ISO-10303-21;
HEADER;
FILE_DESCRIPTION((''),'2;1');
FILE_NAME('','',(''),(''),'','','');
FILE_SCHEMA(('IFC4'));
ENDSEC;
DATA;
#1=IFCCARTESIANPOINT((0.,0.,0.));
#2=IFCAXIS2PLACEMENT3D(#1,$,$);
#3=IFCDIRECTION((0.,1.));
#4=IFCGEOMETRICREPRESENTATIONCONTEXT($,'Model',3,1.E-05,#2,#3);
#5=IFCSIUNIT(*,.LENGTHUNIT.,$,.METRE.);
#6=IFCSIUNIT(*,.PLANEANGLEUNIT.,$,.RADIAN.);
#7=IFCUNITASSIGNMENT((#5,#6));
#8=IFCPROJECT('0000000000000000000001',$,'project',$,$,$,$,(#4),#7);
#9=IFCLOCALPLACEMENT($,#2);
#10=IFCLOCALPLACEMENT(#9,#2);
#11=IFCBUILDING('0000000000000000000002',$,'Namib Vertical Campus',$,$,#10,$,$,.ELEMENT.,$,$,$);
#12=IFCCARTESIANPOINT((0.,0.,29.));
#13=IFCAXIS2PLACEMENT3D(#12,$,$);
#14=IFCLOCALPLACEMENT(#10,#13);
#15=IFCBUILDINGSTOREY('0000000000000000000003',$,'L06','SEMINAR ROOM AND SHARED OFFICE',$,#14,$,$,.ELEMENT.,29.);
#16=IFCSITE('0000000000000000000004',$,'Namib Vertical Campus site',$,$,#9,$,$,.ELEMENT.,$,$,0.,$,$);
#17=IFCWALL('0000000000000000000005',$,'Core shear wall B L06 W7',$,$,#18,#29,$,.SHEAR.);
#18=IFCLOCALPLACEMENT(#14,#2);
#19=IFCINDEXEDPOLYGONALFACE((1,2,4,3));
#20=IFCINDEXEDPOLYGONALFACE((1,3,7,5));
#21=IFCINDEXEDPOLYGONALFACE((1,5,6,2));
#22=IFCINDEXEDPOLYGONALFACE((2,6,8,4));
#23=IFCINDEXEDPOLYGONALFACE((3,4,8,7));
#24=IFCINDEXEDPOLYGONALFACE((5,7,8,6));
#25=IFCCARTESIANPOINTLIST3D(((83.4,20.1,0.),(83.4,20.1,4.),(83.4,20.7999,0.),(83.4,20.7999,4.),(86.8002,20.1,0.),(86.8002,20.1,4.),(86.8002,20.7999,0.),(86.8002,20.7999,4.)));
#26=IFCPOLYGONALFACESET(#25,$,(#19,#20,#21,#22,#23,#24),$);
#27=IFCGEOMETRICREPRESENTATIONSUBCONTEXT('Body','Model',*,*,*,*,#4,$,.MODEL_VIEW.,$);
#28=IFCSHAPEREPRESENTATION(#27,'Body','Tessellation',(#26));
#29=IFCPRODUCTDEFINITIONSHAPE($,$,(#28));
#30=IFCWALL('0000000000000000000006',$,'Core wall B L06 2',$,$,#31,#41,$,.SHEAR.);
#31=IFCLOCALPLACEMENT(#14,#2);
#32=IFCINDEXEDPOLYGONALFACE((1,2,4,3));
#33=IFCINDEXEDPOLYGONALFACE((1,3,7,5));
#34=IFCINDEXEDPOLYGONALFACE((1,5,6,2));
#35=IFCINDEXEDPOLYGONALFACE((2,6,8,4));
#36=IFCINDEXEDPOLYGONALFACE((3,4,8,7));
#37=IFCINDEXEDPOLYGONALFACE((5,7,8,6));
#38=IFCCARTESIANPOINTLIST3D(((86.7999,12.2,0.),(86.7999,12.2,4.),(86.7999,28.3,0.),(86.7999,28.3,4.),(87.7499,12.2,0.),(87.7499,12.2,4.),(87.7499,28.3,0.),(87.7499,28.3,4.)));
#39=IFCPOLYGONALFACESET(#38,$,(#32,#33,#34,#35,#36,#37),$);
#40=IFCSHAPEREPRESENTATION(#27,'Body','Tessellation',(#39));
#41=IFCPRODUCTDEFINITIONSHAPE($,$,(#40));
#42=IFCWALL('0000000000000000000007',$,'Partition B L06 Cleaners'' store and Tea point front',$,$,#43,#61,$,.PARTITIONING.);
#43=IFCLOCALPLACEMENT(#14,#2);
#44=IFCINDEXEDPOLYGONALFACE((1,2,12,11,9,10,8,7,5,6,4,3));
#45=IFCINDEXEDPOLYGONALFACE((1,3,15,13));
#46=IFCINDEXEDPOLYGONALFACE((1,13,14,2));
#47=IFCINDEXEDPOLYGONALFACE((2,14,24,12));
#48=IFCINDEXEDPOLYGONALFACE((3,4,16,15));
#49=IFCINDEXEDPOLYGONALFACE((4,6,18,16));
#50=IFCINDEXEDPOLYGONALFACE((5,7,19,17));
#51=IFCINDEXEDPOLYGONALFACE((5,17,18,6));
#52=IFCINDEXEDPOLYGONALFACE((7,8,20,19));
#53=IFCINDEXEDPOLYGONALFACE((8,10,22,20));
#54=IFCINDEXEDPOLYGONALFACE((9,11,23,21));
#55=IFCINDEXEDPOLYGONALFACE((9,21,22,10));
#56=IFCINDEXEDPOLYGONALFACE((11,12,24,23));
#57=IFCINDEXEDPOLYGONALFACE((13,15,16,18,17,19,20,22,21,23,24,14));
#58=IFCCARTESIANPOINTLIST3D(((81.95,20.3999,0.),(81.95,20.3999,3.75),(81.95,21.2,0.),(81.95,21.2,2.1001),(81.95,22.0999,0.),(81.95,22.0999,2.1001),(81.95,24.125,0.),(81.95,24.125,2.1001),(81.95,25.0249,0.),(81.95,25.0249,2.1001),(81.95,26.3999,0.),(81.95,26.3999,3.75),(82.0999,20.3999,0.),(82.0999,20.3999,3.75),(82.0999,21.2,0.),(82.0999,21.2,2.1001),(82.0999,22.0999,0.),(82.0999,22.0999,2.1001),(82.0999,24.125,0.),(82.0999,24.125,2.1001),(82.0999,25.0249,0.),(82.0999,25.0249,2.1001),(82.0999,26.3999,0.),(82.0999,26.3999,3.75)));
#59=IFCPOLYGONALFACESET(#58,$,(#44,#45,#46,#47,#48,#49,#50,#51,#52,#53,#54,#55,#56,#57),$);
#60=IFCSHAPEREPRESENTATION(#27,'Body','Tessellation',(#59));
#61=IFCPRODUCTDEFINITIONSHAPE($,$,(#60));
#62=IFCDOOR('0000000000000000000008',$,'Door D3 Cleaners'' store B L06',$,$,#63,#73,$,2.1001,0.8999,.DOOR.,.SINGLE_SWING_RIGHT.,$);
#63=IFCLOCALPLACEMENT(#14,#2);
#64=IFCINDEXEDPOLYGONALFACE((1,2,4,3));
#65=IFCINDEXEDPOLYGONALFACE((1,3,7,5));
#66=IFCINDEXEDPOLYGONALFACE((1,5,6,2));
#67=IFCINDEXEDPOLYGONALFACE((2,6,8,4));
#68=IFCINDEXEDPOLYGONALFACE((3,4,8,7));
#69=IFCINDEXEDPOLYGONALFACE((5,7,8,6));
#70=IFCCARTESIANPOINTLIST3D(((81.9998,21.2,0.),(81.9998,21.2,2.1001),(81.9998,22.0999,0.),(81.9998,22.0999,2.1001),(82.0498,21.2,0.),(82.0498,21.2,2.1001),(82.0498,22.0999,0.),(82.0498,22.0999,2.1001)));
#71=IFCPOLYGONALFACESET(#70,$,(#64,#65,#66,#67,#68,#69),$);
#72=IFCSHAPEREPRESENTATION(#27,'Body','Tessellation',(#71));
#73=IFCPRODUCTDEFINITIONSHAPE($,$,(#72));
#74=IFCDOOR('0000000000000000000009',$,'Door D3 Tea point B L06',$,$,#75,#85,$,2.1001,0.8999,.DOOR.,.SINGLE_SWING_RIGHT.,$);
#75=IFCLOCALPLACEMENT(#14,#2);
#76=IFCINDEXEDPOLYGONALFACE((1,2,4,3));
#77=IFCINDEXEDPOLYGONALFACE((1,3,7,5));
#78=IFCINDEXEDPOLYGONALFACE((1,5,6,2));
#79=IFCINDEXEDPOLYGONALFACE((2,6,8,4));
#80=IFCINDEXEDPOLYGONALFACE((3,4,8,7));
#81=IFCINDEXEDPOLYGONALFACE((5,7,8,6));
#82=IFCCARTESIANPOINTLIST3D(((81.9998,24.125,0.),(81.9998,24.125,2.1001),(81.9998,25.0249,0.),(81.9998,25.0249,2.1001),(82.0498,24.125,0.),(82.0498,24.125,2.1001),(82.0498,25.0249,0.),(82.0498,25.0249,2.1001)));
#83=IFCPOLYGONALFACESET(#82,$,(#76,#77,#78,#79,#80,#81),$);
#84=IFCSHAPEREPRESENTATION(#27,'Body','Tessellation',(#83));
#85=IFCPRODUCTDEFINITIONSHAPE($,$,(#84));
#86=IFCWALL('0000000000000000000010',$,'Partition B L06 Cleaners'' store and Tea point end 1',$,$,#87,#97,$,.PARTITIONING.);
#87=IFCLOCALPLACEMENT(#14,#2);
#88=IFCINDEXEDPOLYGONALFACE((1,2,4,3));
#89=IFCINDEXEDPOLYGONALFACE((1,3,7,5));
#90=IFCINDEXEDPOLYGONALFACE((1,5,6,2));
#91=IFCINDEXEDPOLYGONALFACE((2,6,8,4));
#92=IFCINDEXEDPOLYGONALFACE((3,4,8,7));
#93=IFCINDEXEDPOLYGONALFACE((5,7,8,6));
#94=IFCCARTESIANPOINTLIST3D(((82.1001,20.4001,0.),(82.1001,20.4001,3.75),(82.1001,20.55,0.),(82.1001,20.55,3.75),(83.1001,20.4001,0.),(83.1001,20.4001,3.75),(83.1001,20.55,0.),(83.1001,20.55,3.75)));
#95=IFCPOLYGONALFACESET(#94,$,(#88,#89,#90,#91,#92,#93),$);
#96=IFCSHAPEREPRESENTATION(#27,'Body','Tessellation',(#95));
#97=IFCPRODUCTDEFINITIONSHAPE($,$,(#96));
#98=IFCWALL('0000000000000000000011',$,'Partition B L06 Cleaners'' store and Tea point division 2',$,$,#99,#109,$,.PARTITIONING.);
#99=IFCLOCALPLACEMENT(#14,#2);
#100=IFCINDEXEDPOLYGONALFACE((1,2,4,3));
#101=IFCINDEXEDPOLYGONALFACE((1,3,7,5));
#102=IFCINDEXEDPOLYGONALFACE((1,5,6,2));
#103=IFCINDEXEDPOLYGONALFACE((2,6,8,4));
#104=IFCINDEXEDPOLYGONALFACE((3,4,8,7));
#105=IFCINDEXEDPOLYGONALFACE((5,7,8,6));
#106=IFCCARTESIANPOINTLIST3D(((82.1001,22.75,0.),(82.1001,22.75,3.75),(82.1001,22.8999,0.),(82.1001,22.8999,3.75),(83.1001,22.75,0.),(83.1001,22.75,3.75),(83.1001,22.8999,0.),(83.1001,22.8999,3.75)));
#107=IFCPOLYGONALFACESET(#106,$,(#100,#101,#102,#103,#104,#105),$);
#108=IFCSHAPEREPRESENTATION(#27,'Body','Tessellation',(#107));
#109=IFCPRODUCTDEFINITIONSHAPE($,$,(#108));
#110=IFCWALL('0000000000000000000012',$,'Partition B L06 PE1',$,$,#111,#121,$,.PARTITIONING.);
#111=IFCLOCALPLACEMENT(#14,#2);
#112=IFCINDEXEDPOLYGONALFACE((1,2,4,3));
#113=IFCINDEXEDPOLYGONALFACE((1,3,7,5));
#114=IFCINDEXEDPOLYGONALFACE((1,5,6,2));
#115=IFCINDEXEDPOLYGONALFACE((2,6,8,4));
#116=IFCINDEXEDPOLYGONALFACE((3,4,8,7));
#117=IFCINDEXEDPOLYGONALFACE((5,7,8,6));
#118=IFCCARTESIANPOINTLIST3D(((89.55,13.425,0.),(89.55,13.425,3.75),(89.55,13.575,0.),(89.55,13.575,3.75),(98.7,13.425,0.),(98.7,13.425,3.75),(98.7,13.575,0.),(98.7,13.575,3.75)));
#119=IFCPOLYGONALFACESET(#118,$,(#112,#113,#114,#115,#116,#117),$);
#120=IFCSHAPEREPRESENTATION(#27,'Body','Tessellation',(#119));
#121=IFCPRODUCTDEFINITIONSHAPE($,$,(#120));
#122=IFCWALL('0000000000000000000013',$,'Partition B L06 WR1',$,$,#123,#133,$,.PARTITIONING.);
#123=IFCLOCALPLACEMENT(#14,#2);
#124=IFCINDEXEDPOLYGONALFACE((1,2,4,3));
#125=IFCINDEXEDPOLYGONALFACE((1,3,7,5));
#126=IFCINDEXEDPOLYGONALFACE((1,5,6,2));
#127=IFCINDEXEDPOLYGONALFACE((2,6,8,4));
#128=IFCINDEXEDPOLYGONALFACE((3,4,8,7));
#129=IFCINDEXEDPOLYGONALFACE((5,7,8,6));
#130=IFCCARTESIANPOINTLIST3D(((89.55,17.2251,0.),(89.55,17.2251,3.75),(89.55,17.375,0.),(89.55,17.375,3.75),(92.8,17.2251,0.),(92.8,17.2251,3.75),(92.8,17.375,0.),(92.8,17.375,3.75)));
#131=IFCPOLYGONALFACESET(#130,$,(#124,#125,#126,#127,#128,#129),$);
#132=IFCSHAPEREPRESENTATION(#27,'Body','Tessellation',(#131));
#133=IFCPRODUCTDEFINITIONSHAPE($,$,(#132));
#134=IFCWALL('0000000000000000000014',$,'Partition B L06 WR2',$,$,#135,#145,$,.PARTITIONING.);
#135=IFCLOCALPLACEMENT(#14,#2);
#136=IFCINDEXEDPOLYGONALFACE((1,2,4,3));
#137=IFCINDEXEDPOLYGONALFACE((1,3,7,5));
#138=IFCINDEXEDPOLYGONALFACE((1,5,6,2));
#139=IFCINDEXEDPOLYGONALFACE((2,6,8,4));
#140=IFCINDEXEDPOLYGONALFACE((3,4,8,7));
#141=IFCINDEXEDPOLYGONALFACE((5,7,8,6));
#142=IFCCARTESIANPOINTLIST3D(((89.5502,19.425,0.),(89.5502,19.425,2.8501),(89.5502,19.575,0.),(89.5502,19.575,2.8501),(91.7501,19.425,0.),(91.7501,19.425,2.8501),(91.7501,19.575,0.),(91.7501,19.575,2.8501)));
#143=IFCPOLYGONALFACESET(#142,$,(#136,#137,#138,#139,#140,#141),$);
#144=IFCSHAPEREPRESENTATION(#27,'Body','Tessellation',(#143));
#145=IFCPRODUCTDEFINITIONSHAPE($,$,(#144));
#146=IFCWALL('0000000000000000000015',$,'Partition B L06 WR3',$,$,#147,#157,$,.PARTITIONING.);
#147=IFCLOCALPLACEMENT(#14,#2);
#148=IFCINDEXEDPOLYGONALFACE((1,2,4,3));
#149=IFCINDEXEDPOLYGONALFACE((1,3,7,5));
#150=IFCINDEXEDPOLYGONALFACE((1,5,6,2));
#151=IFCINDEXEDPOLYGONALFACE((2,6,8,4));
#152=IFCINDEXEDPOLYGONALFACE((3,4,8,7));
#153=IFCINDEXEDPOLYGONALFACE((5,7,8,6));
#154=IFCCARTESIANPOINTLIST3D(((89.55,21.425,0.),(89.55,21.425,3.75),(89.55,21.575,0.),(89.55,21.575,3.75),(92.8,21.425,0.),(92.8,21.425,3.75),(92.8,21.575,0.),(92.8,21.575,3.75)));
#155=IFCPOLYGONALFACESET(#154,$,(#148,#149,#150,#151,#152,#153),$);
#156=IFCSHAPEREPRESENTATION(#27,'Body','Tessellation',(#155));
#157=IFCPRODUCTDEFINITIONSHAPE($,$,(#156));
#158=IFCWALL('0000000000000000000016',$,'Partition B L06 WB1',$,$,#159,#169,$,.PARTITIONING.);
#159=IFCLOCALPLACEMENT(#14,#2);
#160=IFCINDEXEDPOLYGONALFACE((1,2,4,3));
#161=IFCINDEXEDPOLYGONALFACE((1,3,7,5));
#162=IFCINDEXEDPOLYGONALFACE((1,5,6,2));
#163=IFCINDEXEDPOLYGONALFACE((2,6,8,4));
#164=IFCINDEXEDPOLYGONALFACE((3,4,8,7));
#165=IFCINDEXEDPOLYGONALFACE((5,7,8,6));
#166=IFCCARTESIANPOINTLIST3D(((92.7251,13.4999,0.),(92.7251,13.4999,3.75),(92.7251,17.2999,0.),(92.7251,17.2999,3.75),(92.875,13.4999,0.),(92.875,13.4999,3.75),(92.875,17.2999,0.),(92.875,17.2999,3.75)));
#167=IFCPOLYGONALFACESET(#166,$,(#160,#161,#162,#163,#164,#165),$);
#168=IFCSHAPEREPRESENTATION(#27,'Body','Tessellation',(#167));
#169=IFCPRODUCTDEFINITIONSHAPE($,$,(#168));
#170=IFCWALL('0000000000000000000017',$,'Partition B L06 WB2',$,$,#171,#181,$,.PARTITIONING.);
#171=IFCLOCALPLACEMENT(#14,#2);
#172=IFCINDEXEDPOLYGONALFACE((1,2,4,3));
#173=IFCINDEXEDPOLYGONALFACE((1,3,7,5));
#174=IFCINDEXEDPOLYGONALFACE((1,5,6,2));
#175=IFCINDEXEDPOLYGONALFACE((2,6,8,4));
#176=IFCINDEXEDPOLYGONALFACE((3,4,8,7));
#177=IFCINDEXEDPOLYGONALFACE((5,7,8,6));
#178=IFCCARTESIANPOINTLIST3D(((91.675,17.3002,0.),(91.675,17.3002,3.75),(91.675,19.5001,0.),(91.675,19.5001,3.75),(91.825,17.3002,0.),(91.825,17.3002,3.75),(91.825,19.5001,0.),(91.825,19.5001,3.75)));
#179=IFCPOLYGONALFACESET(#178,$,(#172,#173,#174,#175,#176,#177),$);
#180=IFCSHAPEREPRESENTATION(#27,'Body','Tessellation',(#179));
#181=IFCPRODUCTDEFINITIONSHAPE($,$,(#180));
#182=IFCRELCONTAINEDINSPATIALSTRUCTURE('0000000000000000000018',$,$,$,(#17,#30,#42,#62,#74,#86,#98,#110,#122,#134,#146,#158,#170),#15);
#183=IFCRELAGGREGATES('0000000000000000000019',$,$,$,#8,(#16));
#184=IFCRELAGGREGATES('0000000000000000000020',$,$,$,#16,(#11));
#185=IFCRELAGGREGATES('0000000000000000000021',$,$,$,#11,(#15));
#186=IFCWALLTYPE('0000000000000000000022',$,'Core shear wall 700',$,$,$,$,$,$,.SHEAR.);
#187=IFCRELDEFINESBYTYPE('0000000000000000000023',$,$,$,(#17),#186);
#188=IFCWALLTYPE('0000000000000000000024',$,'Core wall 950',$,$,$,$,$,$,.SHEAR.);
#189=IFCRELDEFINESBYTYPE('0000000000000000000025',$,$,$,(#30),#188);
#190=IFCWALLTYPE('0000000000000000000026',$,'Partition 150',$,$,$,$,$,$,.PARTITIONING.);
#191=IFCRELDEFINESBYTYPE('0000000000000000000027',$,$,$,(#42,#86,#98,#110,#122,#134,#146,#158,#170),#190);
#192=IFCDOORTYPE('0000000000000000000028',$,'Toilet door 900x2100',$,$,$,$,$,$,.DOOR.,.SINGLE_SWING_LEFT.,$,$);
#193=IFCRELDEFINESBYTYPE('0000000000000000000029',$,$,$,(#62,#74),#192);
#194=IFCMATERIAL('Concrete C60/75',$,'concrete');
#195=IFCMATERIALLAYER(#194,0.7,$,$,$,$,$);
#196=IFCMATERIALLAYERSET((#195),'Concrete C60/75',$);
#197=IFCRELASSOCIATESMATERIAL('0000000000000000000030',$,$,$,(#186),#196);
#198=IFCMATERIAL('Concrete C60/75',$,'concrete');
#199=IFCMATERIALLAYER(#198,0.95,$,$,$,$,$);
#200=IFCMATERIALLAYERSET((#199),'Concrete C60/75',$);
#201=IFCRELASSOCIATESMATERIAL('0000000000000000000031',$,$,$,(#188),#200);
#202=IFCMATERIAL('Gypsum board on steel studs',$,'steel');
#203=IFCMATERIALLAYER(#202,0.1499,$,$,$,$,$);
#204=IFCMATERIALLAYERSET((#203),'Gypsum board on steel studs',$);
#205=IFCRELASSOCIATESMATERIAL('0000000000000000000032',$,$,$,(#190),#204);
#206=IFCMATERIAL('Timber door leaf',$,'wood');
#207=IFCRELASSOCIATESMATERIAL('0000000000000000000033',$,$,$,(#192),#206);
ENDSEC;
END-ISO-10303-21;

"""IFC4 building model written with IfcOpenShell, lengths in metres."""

from ifc_helpers import new_model, si_unit, direction, frame, frame_2d, origin, place, context, subcontext, project, spatial, rectangle, extrude, material, layer, layer_set, type_object, element, fill, save


model = new_model("IFC4")

# Units and contexts
model_context = context("Model", 3, precision=1e-05, world=origin(), true_north=direction((0.0, 1.0)))
body_context = subcontext(model_context, "Body", "Model", "MODEL_VIEW")
ifc_project = project(units=[si_unit("LENGTHUNIT", "METRE"), si_unit("PLANEANGLEUNIT", "RADIAN")], contexts=[model_context])

# Site, building, storey
site_placement = place(None, origin())
site = spatial("IfcSite", under=ifc_project, at=site_placement, Name="Namib Vertical Campus site", CompositionType="ELEMENT", RefElevation=0.0)
building_placement = place(site_placement, origin())
building = spatial("IfcBuilding", under=site, at=building_placement, Name="Namib Vertical Campus", CompositionType="ELEMENT")
storey_placement = place(building_placement, frame((0.0, 0.0, 29.0)))
storey = spatial("IfcBuildingStorey", under=building, at=storey_placement, Name="L06", Description="SEMINAR ROOM AND SHARED OFFICE", CompositionType="ELEMENT", Elevation=29.0)

# Walls
ifc_material_1 = material(Name="Concrete C60/75", Category="concrete")
ifc_layer_1 = layer(ifc_material_1, 0.7)
ifc_layer_set_1 = layer_set([ifc_layer_1], Name="Concrete C60/75")
wall_type_1 = type_object("IfcWallType", Name="Core shear wall 700", PredefinedType="SHEAR", material=ifc_layer_set_1)
wall_1_placement = place(storey_placement, frame((83.3999, 20.45, 0.0), z_axis=(0.0, 0.0, 1.0), x_axis=(1.0, 0.0, 0.0)))
element("IfcWall", 1, at=wall_1_placement, inside=storey, type_object=wall_type_1, Name="Core shear wall B L06 W7", PredefinedType="SHEAR", context=body_context, shape_type="SweptSolid", body=[
    extrude(rectangle(XDim=3.4001, YDim=0.7, at=frame_2d((1.7002, 0.0))), origin(), (0.0, 0.0, 1.0), 4.0),
])
ifc_material_2 = material(Name="Concrete C60/75", Category="concrete")
ifc_layer_2 = layer(ifc_material_2, 0.95)
ifc_layer_set_2 = layer_set([ifc_layer_2], Name="Concrete C60/75")
wall_type_2 = type_object("IfcWallType", Name="Core wall 950", PredefinedType="SHEAR", material=ifc_layer_set_2)
wall_2_placement = place(storey_placement, frame((87.2749, 12.2, 0.0), z_axis=(0.0, 0.0, 1.0), x_axis=(0.0, 1.0, 0.0)))
element("IfcWall", 2, at=wall_2_placement, inside=storey, type_object=wall_type_2, Name="Core wall B L06 2", PredefinedType="SHEAR", context=body_context, shape_type="SweptSolid", body=[
    extrude(rectangle(XDim=16.1001, YDim=0.95, at=frame_2d((8.05, 0.0))), origin(), (0.0, 0.0, 1.0), 4.0),
])

# Wall, openings, doors
ifc_material_3 = material(Name="Gypsum board on steel studs", Category="steel")
ifc_layer_3 = layer(ifc_material_3, 0.1499)
ifc_layer_set_3 = layer_set([ifc_layer_3], Name="Gypsum board on steel studs")
wall_type_3 = type_object("IfcWallType", Name="Partition 150", PredefinedType="PARTITIONING", material=ifc_layer_set_3)
wall_3_placement = place(storey_placement, frame((82.0249, 20.3999, 0.0), z_axis=(0.0, 0.0, 1.0), x_axis=(0.0, 1.0, 0.0)))
wall_3 = element("IfcWall", 3, at=wall_3_placement, inside=storey, type_object=wall_type_3, Name="Partition B L06 Cleaners' store and Tea point front", PredefinedType="PARTITIONING", context=body_context, shape_type="SweptSolid", body=[
    extrude(rectangle(XDim=6.0, YDim=0.1499, at=frame_2d((3.0, 0.0))), origin(), (0.0, 0.0, 1.0), 3.75),
])
opening_1_placement = place(wall_3_placement, frame((0.8, 0.0, 0.0)))
opening_1 = element("IfcOpeningElement", 4, at=opening_1_placement, cuts=wall_3, PredefinedType="OPENING", context=body_context, shape_type="SweptSolid", body=[
    extrude(rectangle(XDim=0.8999, YDim=2.1001, at=frame_2d((0.45, 1.05))), frame((0.0, 0.085, 0.0), z_axis=(0.0, -1.0, 0.0), x_axis=(1.0, 0.0, 0.0)), (0.0, 0.0, 1.0), 0.1699),
])
opening_2_placement = place(wall_3_placement, frame((3.7251, 0.0, 0.0)))
opening_2 = element("IfcOpeningElement", 5, at=opening_2_placement, cuts=wall_3, PredefinedType="OPENING", context=body_context, shape_type="SweptSolid", body=[
    extrude(rectangle(XDim=0.8999, YDim=2.1001, at=frame_2d((0.45, 1.05))), frame((0.0, 0.085, 0.0), z_axis=(0.0, -1.0, 0.0), x_axis=(1.0, 0.0, 0.0)), (0.0, 0.0, 1.0), 0.1699),
])
ifc_material_4 = material(Name="Timber door leaf", Category="wood")
door_type_1 = type_object("IfcDoorType", Name="Toilet door 900x2100", OperationType="SINGLE_SWING_LEFT", PredefinedType="DOOR", material=ifc_material_4)
door_1_placement = place(opening_1_placement, frame((0.8999, 0.0, 0.0), z_axis=(0.0, 0.0, 1.0), x_axis=(-1.0, 0.0, 0.0)))
door_1 = element("IfcDoor", 6, at=door_1_placement, inside=storey, type_object=door_type_1, Name="Door D3 Cleaners' store B L06", OperationType="SINGLE_SWING_RIGHT", OverallHeight=2.1001, OverallWidth=0.8999, PredefinedType="DOOR", context=body_context, shape_type="SweptSolid", body=[
    extrude(rectangle(XDim=0.8999, YDim=2.1001, at=frame_2d((0.45, 1.05))), frame((0.0, 0.0249, 0.0), z_axis=(0.0, -1.0, 0.0), x_axis=(1.0, 0.0, 0.0)), (0.0, 0.0, 1.0), 0.05),
])
fill(opening_1, door_1)
door_2_placement = place(opening_2_placement, frame((0.8999, 0.0, 0.0), z_axis=(0.0, 0.0, 1.0), x_axis=(-1.0, 0.0, 0.0)))
door_2 = element("IfcDoor", 7, at=door_2_placement, inside=storey, type_object=door_type_1, Name="Door D3 Tea point B L06", OperationType="SINGLE_SWING_RIGHT", OverallHeight=2.1001, OverallWidth=0.8999, PredefinedType="DOOR", context=body_context, shape_type="SweptSolid", body=[
    extrude(rectangle(XDim=0.8999, YDim=2.1001, at=frame_2d((0.45, 1.05))), frame((0.0, 0.0249, 0.0), z_axis=(0.0, -1.0, 0.0), x_axis=(1.0, 0.0, 0.0)), (0.0, 0.0, 1.0), 0.05),
])
fill(opening_2, door_2)

# Walls
for number, where, z_axis, x_axis, name in (
    (8, (82.1001, 20.4751, 0.0), (0.0, 0.0, 1.0), (1.0, 0.0, 0.0), "Partition B L06 Cleaners' store and Tea point end 1"),
    (9, (82.1001, 22.825, 0.0), (0.0, 0.0, 1.0), (1.0, 0.0, 0.0), "Partition B L06 Cleaners' store and Tea point division 2"),
):
    element("IfcWall", number, at=place(storey_placement, frame(where, z_axis=z_axis, x_axis=x_axis)), inside=storey, type_object=wall_type_3, Name=name, PredefinedType="PARTITIONING", context=body_context, shape_type="SweptSolid", body=[
        extrude(rectangle(XDim=1.0, YDim=0.1499, at=frame_2d((0.5, 0.0))), origin(), (0.0, 0.0, 1.0), 3.75),
    ])
wall_4_placement = place(storey_placement, frame((89.55, 13.5, 0.0), z_axis=(0.0, 0.0, 1.0), x_axis=(1.0, 0.0, 0.0)))
element("IfcWall", 10, at=wall_4_placement, inside=storey, type_object=wall_type_3, Name="Partition B L06 PE1", PredefinedType="PARTITIONING", context=body_context, shape_type="SweptSolid", body=[
    extrude(rectangle(XDim=9.1499, YDim=0.1499, at=frame_2d((4.575, 0.0))), origin(), (0.0, 0.0, 1.0), 3.75),
])
wall_5_placement = place(storey_placement, frame((89.55, 17.3, 0.0), z_axis=(0.0, 0.0, 1.0), x_axis=(1.0, 0.0, 0.0)))
element("IfcWall", 11, at=wall_5_placement, inside=storey, type_object=wall_type_3, Name="Partition B L06 WR1", PredefinedType="PARTITIONING", context=body_context, shape_type="SweptSolid", body=[
    extrude(rectangle(XDim=3.25, YDim=0.1499, at=frame_2d((1.625, 0.0))), origin(), (0.0, 0.0, 1.0), 3.75),
])
wall_6_placement = place(storey_placement, frame((89.55, 19.5, 0.0), z_axis=(0.0, 0.0, 1.0), x_axis=(1.0, 0.0, 0.0)))
element("IfcWall", 12, at=wall_6_placement, inside=storey, type_object=wall_type_3, Name="Partition B L06 WR2", PredefinedType="PARTITIONING", context=body_context, shape_type="SweptSolid", body=[
    extrude(rectangle(XDim=2.2, YDim=0.1499, at=frame_2d((1.1001, 0.0))), origin(), (0.0, 0.0, 1.0), 2.8501),
])
wall_7_placement = place(storey_placement, frame((89.55, 21.5, 0.0), z_axis=(0.0, 0.0, 1.0), x_axis=(1.0, 0.0, 0.0)))
element("IfcWall", 13, at=wall_7_placement, inside=storey, type_object=wall_type_3, Name="Partition B L06 WR3", PredefinedType="PARTITIONING", context=body_context, shape_type="SweptSolid", body=[
    extrude(rectangle(XDim=3.25, YDim=0.1499, at=frame_2d((1.625, 0.0))), origin(), (0.0, 0.0, 1.0), 3.75),
])
wall_8_placement = place(storey_placement, frame((92.8, 13.5, 0.0), z_axis=(0.0, 0.0, 1.0), x_axis=(0.0, 1.0, 0.0)))
element("IfcWall", 14, at=wall_8_placement, inside=storey, type_object=wall_type_3, Name="Partition B L06 WB1", PredefinedType="PARTITIONING", context=body_context, shape_type="SweptSolid", body=[
    extrude(rectangle(XDim=3.8, YDim=0.1499, at=frame_2d((1.8999, 0.0))), origin(), (0.0, 0.0, 1.0), 3.75),
])
wall_9_placement = place(storey_placement, frame((91.75, 17.3, 0.0), z_axis=(0.0, 0.0, 1.0), x_axis=(0.0, 1.0, 0.0)))
element("IfcWall", 15, at=wall_9_placement, inside=storey, type_object=wall_type_3, Name="Partition B L06 WB2", PredefinedType="PARTITIONING", context=body_context, shape_type="SweptSolid", body=[
    extrude(rectangle(XDim=2.2, YDim=0.1499, at=frame_2d((1.1001, 0.0))), origin(), (0.0, 0.0, 1.0), 3.75),
])

save(model, "model.ifc")
